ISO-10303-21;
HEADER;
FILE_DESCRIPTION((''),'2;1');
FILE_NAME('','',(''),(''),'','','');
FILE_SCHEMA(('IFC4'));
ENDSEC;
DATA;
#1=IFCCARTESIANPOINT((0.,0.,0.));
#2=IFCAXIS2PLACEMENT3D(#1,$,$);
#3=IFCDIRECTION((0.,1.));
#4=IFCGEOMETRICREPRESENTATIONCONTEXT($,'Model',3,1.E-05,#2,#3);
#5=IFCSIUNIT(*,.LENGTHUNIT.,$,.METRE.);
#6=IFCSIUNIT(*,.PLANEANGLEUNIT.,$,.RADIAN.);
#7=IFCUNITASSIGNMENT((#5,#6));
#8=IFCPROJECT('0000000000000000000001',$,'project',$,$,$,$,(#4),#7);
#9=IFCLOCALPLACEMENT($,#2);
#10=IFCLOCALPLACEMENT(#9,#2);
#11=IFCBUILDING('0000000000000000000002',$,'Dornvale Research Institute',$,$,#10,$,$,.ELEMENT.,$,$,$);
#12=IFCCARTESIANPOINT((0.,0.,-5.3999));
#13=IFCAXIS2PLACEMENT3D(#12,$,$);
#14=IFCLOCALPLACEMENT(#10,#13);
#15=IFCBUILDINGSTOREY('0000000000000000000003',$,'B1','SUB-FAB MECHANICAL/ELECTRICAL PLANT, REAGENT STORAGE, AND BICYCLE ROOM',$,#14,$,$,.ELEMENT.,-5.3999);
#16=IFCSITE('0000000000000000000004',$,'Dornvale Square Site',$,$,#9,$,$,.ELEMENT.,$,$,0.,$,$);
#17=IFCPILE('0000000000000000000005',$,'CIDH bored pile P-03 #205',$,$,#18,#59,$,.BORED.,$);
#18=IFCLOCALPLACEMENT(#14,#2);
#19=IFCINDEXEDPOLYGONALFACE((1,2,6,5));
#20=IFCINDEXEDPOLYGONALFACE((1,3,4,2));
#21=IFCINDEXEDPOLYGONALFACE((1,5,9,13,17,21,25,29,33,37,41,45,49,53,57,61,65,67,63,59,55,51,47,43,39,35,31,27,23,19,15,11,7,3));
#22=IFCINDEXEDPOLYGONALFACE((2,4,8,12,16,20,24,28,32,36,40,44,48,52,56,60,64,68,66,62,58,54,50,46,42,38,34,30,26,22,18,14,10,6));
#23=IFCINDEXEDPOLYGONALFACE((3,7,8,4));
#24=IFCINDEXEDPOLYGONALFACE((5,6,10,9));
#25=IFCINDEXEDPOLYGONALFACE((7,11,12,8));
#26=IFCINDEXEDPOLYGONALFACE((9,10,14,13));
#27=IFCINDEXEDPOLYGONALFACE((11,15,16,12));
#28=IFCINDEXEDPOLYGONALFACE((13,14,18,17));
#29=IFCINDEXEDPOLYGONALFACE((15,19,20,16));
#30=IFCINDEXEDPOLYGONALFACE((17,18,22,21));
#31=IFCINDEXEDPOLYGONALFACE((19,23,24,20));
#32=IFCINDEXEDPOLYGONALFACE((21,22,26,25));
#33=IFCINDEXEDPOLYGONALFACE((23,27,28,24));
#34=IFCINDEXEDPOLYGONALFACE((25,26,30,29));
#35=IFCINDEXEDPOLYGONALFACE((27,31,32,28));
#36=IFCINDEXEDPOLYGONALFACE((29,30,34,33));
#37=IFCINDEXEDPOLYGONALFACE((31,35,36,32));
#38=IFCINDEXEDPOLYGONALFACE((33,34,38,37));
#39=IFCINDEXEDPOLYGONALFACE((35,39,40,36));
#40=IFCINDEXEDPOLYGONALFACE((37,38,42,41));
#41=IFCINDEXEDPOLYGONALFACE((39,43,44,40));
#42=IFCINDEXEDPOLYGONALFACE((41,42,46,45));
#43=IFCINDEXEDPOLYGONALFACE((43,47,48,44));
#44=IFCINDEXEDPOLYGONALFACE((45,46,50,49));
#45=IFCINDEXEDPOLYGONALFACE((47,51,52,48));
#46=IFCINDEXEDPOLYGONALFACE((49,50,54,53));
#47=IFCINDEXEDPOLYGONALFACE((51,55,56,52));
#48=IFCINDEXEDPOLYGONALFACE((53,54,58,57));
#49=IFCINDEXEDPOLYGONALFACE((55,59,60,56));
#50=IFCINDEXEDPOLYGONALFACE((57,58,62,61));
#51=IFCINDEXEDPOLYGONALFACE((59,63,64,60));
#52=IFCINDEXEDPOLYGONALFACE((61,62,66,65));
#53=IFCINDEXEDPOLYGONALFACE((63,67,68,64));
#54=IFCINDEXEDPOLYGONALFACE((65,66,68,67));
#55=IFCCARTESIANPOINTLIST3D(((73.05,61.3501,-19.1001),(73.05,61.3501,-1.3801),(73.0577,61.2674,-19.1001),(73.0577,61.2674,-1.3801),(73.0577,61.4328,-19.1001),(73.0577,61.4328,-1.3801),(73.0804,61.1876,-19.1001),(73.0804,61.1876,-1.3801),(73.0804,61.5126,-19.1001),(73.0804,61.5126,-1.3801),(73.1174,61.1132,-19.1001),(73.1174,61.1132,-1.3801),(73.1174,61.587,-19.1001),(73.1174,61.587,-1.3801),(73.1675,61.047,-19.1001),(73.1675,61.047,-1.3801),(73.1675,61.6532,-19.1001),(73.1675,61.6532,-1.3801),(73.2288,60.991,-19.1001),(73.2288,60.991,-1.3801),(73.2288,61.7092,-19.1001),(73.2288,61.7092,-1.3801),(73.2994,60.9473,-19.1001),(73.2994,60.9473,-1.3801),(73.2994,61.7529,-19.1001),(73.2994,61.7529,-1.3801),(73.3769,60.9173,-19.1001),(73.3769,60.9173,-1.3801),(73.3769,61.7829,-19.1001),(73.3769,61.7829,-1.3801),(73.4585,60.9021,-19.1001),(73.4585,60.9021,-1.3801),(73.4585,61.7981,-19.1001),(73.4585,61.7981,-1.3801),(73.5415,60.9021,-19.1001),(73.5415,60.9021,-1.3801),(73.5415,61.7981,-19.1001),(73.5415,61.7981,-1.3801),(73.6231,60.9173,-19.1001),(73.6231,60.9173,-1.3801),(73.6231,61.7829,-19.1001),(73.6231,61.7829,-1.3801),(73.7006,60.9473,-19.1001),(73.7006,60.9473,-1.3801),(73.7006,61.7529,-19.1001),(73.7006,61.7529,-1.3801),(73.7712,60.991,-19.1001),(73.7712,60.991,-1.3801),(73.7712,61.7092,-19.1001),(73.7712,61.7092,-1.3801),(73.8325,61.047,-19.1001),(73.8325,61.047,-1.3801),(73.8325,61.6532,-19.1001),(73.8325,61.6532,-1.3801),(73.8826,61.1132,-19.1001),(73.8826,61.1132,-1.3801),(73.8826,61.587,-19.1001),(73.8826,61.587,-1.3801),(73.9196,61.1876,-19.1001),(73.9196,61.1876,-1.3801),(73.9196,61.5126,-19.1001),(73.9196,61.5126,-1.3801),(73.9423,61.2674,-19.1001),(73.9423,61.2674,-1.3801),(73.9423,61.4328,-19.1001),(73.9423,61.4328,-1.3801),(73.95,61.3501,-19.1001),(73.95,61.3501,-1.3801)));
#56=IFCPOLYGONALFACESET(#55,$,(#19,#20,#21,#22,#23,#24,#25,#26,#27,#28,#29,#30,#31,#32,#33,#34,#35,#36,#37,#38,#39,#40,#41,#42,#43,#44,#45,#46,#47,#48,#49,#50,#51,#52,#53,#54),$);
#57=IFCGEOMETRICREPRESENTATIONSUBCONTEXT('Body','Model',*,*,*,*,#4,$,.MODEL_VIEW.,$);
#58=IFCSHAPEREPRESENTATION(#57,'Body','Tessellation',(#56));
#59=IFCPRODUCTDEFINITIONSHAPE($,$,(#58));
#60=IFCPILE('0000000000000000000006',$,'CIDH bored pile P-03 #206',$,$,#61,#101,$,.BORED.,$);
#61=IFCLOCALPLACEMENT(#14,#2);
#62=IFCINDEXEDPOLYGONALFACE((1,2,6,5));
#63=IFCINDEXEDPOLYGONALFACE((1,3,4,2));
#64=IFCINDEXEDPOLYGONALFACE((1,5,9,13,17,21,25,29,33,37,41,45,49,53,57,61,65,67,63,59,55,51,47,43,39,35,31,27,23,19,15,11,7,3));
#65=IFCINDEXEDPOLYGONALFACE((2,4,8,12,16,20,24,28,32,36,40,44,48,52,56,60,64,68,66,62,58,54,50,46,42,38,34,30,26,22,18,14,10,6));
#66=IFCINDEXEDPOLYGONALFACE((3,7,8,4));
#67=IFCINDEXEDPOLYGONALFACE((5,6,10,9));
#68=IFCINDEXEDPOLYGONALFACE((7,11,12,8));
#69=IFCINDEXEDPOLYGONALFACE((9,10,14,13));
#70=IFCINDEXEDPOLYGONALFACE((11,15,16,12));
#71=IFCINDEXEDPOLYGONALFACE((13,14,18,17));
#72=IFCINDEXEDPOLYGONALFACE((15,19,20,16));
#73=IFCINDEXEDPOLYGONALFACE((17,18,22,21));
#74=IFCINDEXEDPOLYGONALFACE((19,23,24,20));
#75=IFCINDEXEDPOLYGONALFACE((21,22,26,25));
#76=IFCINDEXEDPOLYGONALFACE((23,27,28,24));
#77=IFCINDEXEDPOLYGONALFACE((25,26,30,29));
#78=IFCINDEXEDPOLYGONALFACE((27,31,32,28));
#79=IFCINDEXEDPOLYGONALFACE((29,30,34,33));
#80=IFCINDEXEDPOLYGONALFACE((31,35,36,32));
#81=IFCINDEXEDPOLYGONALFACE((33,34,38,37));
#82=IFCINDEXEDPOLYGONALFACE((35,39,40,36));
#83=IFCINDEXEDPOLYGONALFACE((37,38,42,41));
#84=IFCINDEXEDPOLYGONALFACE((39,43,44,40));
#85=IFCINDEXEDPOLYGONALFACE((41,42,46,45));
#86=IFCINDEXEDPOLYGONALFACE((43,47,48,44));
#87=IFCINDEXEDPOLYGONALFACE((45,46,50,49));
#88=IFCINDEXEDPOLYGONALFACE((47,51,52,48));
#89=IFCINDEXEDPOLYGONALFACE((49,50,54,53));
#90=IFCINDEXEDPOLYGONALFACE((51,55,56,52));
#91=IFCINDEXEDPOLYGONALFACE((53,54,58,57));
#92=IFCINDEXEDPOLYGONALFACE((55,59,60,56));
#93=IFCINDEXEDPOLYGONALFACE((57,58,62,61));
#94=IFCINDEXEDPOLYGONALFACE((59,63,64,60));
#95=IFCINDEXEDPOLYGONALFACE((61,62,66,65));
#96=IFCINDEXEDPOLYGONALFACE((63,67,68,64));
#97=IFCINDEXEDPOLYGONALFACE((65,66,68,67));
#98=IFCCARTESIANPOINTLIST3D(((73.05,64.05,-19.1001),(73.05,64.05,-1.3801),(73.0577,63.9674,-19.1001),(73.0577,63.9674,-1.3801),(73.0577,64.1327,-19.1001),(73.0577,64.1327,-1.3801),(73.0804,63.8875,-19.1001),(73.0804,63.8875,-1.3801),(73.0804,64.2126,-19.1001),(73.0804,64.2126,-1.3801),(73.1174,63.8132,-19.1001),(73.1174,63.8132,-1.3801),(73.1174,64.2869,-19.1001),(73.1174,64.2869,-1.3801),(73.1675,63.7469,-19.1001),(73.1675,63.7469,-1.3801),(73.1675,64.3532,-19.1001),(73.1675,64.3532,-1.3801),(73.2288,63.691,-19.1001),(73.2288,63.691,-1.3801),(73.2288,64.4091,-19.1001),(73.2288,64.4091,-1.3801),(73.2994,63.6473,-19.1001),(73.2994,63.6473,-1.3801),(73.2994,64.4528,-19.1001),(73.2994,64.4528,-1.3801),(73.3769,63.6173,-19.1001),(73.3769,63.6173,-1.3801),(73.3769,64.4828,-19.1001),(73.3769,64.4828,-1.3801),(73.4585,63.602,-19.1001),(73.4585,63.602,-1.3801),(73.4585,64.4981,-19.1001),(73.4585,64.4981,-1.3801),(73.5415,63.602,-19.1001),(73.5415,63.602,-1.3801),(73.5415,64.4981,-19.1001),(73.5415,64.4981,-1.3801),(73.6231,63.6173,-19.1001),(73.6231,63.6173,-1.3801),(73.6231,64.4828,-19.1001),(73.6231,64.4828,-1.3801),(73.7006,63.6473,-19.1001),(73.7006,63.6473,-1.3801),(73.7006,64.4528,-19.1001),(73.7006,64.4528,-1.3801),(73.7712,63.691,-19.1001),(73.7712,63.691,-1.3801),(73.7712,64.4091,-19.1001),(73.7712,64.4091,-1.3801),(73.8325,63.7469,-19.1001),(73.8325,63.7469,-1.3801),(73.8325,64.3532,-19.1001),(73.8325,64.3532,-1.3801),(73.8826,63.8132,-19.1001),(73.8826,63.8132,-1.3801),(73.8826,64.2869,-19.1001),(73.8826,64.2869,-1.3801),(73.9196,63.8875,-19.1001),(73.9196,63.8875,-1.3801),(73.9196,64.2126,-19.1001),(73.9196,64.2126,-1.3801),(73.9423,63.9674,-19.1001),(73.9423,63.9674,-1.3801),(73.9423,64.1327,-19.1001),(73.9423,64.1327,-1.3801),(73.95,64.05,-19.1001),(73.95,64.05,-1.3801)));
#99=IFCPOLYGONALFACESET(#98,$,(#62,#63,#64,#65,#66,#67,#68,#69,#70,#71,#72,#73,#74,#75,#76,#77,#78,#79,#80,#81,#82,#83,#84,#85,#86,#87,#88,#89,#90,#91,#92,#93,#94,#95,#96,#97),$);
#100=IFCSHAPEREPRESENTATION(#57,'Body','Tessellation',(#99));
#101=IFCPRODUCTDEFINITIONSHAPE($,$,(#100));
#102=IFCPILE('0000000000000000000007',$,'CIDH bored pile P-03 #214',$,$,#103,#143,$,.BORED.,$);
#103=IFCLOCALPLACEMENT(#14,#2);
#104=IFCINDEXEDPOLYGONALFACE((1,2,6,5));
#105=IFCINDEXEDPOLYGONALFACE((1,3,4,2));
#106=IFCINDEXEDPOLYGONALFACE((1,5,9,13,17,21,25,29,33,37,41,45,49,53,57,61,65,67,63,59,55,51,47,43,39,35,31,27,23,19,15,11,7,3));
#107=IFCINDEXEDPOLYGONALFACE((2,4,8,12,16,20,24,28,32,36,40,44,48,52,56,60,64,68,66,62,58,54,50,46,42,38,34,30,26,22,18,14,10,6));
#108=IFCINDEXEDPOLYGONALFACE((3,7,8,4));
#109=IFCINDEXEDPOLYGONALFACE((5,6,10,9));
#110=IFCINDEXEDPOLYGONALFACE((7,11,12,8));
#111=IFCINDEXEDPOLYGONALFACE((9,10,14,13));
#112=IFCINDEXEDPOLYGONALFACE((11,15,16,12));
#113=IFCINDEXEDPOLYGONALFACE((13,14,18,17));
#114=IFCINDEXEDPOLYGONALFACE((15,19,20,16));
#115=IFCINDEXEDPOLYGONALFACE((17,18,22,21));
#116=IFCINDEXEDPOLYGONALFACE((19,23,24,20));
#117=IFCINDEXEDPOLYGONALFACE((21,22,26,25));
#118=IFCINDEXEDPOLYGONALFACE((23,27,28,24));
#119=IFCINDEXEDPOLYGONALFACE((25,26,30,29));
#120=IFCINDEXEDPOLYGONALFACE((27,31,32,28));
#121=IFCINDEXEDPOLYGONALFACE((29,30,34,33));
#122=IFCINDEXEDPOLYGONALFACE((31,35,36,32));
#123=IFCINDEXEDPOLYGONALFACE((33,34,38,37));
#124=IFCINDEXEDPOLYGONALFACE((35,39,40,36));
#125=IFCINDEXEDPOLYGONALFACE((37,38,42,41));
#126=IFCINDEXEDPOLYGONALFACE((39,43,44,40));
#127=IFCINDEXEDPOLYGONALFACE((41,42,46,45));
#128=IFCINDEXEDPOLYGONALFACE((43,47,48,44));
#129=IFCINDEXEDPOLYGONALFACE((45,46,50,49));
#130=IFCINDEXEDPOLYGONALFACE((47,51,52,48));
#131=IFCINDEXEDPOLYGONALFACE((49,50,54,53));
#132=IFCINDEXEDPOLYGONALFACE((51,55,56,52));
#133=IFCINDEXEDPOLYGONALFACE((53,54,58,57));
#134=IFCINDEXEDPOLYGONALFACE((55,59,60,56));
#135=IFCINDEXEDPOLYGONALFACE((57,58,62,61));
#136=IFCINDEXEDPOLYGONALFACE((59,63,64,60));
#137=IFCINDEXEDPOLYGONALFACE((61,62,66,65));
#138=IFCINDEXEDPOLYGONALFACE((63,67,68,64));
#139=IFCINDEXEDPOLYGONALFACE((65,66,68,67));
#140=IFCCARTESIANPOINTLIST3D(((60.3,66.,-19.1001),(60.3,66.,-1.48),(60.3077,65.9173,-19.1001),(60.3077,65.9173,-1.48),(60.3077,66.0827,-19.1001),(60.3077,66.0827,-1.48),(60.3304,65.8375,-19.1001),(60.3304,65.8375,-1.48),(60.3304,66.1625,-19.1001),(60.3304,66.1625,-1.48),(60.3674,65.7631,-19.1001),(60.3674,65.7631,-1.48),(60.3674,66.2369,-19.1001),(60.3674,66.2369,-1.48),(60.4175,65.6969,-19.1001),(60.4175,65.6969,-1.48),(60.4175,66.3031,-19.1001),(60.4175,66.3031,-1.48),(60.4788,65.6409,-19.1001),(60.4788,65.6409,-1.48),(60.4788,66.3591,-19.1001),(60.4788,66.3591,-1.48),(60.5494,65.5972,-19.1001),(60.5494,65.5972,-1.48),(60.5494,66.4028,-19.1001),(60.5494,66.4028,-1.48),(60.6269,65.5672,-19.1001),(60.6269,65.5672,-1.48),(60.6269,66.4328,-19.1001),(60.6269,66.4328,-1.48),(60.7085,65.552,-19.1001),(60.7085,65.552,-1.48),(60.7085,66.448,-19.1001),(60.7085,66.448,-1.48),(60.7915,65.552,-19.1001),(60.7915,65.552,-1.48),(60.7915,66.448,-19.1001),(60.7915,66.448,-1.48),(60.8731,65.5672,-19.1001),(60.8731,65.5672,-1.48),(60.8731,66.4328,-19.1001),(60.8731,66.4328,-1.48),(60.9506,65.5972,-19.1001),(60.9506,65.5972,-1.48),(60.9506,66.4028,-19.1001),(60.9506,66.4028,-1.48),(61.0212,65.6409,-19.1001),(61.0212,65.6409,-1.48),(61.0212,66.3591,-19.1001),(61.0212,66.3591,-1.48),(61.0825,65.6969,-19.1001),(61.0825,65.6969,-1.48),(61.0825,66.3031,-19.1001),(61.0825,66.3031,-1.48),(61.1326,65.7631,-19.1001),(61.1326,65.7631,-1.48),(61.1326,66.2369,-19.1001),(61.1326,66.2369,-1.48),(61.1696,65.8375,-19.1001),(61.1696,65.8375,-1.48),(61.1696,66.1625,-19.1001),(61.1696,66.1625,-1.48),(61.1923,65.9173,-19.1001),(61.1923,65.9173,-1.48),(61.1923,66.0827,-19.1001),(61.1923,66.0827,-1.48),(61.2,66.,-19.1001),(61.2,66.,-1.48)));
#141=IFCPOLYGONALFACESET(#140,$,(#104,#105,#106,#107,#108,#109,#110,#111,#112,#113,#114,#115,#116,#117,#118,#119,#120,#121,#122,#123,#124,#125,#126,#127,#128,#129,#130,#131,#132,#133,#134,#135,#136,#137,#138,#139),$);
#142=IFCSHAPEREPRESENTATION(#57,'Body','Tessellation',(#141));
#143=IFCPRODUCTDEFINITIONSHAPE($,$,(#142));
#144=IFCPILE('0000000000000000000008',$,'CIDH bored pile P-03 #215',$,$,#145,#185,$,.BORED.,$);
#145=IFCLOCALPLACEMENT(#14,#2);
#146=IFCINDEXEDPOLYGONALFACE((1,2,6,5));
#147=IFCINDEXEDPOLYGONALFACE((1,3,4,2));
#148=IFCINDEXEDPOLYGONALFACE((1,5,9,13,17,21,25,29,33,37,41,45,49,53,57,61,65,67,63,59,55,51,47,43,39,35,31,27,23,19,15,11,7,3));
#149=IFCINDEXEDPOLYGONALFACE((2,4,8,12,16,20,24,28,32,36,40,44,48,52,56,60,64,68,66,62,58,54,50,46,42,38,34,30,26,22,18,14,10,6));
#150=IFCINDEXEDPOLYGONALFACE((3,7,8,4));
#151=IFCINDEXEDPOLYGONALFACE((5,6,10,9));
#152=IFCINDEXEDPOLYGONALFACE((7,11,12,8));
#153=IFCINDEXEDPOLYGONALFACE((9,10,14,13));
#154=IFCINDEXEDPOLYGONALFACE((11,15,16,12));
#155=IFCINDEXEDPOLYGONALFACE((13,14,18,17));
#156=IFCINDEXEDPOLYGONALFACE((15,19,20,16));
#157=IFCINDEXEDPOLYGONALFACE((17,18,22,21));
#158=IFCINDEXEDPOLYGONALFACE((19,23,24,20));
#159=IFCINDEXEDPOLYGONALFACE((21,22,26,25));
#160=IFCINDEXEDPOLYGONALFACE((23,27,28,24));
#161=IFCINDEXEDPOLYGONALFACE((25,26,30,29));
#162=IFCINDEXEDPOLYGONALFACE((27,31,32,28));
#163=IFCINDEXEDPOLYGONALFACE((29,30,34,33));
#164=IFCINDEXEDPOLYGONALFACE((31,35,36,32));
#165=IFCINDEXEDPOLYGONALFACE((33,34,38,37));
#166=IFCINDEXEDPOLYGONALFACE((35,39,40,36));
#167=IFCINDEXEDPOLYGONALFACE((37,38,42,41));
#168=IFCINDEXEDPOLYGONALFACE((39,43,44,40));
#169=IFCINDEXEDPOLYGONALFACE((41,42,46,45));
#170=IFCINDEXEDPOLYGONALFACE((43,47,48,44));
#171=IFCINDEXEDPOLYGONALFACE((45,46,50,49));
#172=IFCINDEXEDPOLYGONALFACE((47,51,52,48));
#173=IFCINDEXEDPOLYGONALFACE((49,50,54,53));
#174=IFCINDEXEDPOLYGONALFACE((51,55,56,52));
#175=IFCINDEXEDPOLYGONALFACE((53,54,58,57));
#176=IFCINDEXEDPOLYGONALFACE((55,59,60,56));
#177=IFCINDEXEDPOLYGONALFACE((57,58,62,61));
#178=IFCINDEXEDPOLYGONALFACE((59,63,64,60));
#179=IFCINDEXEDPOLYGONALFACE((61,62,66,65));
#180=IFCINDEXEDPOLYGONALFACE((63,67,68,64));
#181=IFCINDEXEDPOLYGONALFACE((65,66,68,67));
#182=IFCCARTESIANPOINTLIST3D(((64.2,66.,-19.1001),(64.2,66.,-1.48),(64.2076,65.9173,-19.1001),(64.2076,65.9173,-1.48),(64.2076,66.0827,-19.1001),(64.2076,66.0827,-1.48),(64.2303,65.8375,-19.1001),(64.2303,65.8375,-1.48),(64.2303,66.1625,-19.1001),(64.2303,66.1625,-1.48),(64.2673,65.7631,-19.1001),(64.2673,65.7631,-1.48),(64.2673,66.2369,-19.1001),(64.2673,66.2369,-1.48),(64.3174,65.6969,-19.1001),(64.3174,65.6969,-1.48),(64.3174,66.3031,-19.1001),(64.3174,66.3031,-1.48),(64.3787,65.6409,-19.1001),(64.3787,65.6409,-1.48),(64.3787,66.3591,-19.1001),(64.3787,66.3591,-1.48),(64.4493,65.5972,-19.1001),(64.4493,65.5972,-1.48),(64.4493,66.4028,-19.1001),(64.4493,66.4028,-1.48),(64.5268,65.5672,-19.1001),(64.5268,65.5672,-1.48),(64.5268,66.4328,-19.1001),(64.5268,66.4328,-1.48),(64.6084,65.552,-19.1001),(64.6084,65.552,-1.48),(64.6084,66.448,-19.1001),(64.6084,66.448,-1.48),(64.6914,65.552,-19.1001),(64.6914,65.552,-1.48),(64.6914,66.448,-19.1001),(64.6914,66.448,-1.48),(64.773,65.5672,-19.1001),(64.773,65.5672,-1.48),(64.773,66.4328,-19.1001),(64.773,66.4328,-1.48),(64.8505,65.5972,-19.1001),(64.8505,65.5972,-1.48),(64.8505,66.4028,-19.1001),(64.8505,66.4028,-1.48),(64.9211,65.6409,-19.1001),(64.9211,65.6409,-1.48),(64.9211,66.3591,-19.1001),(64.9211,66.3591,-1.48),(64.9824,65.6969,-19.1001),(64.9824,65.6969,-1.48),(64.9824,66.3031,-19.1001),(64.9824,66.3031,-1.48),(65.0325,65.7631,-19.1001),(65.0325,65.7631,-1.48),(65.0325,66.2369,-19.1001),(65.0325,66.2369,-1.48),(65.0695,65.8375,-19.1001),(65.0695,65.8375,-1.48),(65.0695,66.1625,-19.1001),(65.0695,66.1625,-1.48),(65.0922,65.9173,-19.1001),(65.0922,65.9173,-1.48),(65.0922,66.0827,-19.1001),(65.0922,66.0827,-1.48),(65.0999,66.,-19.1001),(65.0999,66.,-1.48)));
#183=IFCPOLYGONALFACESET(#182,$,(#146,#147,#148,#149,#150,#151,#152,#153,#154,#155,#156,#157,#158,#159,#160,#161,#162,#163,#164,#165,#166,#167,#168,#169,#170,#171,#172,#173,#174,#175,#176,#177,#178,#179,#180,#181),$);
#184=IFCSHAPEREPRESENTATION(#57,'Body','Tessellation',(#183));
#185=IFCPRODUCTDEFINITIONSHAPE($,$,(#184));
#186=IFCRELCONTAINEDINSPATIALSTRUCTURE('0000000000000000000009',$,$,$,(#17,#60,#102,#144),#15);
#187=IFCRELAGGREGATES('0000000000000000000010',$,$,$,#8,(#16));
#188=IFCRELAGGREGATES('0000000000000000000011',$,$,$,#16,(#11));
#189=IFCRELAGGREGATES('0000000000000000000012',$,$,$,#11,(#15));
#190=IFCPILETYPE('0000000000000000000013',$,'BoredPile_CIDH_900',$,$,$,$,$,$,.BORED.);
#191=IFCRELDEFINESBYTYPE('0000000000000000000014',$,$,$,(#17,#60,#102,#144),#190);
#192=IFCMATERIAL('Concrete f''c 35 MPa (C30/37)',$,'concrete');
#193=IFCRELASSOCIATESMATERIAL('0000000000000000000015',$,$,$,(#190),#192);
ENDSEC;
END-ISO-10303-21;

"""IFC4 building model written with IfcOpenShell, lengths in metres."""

from ifc_helpers import new_model, si_unit, direction, frame, origin, origin_2d, place, context, subcontext, project, spatial, circle, extrude, material, material_profile, profile_set, type_object, element, save


model = new_model("IFC4")

# Units and contexts
model_context = context("Model", 3, precision=1e-05, world=origin(), true_north=direction((0.0, 1.0)))
body_context = subcontext(model_context, "Body", "Model", "MODEL_VIEW")
ifc_project = project(units=[si_unit("LENGTHUNIT", "METRE"), si_unit("PLANEANGLEUNIT", "RADIAN")], contexts=[model_context])

# Site, building, storey
site_placement = place(None, origin())
site = spatial("IfcSite", under=ifc_project, at=site_placement, Name="Dornvale Square Site", CompositionType="ELEMENT", RefElevation=0.0)
building_placement = place(site_placement, origin())
building = spatial("IfcBuilding", under=site, at=building_placement, Name="Dornvale Research Institute", CompositionType="ELEMENT")
storey_placement = place(building_placement, frame((0.0, 0.0, -5.3999)))
storey = spatial("IfcBuildingStorey", under=building, at=storey_placement, Name="B1", Description="SUB-FAB MECHANICAL/ELECTRICAL PLANT, REAGENT STORAGE, AND BICYCLE ROOM", CompositionType="ELEMENT", Elevation=-5.3999)

# Piles
ifc_material_1 = material(Name="Concrete f'c 35 MPa (C30/37)", Category="concrete")
ifc_material_profile_1 = material_profile(ifc_material_1, circle(Radius=0.45, at=origin_2d()), Name="CIDH PILE D900")
ifc_profile_set_1 = profile_set([ifc_material_profile_1], Name="Concrete f'c 35 MPa (C30/37)")
pile_type = type_object("IfcPileType", Name="BoredPile_CIDH_900", PredefinedType="BORED", material=ifc_profile_set_1)
for number, where, z_axis, x_axis, name in (
    (1, (73.5, 61.3501, -1.3801), (0.0, 0.0, -1.0), (1.0, 0.0, 0.0), "CIDH bored pile P-03 #205"),
    (2, (73.5, 64.05, -1.3801), (0.0, 0.0, -1.0), (1.0, 0.0, 0.0), "CIDH bored pile P-03 #206"),
):
    element("IfcPile", number, at=place(storey_placement, frame(where, z_axis=z_axis, x_axis=x_axis)), inside=storey, type_object=pile_type, Name=name, PredefinedType="BORED", context=body_context, shape_type="SweptSolid", body=[
        extrude(circle(Radius=0.45, at=origin_2d()), origin(), (0.0, 0.0, 1.0), 17.72),
    ])
for number, where, z_axis, x_axis, name in (
    (3, (60.75, 66.0, -1.48), (0.0, 0.0, -1.0), (1.0, 0.0, 0.0), "CIDH bored pile P-03 #214"),
    (4, (64.6499, 66.0, -1.48), (0.0, 0.0, -1.0), (1.0, 0.0, 0.0), "CIDH bored pile P-03 #215"),
):
    element("IfcPile", number, at=place(storey_placement, frame(where, z_axis=z_axis, x_axis=x_axis)), inside=storey, type_object=pile_type, Name=name, PredefinedType="BORED", context=body_context, shape_type="SweptSolid", body=[
        extrude(circle(Radius=0.45, at=origin_2d()), origin(), (0.0, 0.0, 1.0), 17.6201),
    ])

save(model, "model.ifc")
